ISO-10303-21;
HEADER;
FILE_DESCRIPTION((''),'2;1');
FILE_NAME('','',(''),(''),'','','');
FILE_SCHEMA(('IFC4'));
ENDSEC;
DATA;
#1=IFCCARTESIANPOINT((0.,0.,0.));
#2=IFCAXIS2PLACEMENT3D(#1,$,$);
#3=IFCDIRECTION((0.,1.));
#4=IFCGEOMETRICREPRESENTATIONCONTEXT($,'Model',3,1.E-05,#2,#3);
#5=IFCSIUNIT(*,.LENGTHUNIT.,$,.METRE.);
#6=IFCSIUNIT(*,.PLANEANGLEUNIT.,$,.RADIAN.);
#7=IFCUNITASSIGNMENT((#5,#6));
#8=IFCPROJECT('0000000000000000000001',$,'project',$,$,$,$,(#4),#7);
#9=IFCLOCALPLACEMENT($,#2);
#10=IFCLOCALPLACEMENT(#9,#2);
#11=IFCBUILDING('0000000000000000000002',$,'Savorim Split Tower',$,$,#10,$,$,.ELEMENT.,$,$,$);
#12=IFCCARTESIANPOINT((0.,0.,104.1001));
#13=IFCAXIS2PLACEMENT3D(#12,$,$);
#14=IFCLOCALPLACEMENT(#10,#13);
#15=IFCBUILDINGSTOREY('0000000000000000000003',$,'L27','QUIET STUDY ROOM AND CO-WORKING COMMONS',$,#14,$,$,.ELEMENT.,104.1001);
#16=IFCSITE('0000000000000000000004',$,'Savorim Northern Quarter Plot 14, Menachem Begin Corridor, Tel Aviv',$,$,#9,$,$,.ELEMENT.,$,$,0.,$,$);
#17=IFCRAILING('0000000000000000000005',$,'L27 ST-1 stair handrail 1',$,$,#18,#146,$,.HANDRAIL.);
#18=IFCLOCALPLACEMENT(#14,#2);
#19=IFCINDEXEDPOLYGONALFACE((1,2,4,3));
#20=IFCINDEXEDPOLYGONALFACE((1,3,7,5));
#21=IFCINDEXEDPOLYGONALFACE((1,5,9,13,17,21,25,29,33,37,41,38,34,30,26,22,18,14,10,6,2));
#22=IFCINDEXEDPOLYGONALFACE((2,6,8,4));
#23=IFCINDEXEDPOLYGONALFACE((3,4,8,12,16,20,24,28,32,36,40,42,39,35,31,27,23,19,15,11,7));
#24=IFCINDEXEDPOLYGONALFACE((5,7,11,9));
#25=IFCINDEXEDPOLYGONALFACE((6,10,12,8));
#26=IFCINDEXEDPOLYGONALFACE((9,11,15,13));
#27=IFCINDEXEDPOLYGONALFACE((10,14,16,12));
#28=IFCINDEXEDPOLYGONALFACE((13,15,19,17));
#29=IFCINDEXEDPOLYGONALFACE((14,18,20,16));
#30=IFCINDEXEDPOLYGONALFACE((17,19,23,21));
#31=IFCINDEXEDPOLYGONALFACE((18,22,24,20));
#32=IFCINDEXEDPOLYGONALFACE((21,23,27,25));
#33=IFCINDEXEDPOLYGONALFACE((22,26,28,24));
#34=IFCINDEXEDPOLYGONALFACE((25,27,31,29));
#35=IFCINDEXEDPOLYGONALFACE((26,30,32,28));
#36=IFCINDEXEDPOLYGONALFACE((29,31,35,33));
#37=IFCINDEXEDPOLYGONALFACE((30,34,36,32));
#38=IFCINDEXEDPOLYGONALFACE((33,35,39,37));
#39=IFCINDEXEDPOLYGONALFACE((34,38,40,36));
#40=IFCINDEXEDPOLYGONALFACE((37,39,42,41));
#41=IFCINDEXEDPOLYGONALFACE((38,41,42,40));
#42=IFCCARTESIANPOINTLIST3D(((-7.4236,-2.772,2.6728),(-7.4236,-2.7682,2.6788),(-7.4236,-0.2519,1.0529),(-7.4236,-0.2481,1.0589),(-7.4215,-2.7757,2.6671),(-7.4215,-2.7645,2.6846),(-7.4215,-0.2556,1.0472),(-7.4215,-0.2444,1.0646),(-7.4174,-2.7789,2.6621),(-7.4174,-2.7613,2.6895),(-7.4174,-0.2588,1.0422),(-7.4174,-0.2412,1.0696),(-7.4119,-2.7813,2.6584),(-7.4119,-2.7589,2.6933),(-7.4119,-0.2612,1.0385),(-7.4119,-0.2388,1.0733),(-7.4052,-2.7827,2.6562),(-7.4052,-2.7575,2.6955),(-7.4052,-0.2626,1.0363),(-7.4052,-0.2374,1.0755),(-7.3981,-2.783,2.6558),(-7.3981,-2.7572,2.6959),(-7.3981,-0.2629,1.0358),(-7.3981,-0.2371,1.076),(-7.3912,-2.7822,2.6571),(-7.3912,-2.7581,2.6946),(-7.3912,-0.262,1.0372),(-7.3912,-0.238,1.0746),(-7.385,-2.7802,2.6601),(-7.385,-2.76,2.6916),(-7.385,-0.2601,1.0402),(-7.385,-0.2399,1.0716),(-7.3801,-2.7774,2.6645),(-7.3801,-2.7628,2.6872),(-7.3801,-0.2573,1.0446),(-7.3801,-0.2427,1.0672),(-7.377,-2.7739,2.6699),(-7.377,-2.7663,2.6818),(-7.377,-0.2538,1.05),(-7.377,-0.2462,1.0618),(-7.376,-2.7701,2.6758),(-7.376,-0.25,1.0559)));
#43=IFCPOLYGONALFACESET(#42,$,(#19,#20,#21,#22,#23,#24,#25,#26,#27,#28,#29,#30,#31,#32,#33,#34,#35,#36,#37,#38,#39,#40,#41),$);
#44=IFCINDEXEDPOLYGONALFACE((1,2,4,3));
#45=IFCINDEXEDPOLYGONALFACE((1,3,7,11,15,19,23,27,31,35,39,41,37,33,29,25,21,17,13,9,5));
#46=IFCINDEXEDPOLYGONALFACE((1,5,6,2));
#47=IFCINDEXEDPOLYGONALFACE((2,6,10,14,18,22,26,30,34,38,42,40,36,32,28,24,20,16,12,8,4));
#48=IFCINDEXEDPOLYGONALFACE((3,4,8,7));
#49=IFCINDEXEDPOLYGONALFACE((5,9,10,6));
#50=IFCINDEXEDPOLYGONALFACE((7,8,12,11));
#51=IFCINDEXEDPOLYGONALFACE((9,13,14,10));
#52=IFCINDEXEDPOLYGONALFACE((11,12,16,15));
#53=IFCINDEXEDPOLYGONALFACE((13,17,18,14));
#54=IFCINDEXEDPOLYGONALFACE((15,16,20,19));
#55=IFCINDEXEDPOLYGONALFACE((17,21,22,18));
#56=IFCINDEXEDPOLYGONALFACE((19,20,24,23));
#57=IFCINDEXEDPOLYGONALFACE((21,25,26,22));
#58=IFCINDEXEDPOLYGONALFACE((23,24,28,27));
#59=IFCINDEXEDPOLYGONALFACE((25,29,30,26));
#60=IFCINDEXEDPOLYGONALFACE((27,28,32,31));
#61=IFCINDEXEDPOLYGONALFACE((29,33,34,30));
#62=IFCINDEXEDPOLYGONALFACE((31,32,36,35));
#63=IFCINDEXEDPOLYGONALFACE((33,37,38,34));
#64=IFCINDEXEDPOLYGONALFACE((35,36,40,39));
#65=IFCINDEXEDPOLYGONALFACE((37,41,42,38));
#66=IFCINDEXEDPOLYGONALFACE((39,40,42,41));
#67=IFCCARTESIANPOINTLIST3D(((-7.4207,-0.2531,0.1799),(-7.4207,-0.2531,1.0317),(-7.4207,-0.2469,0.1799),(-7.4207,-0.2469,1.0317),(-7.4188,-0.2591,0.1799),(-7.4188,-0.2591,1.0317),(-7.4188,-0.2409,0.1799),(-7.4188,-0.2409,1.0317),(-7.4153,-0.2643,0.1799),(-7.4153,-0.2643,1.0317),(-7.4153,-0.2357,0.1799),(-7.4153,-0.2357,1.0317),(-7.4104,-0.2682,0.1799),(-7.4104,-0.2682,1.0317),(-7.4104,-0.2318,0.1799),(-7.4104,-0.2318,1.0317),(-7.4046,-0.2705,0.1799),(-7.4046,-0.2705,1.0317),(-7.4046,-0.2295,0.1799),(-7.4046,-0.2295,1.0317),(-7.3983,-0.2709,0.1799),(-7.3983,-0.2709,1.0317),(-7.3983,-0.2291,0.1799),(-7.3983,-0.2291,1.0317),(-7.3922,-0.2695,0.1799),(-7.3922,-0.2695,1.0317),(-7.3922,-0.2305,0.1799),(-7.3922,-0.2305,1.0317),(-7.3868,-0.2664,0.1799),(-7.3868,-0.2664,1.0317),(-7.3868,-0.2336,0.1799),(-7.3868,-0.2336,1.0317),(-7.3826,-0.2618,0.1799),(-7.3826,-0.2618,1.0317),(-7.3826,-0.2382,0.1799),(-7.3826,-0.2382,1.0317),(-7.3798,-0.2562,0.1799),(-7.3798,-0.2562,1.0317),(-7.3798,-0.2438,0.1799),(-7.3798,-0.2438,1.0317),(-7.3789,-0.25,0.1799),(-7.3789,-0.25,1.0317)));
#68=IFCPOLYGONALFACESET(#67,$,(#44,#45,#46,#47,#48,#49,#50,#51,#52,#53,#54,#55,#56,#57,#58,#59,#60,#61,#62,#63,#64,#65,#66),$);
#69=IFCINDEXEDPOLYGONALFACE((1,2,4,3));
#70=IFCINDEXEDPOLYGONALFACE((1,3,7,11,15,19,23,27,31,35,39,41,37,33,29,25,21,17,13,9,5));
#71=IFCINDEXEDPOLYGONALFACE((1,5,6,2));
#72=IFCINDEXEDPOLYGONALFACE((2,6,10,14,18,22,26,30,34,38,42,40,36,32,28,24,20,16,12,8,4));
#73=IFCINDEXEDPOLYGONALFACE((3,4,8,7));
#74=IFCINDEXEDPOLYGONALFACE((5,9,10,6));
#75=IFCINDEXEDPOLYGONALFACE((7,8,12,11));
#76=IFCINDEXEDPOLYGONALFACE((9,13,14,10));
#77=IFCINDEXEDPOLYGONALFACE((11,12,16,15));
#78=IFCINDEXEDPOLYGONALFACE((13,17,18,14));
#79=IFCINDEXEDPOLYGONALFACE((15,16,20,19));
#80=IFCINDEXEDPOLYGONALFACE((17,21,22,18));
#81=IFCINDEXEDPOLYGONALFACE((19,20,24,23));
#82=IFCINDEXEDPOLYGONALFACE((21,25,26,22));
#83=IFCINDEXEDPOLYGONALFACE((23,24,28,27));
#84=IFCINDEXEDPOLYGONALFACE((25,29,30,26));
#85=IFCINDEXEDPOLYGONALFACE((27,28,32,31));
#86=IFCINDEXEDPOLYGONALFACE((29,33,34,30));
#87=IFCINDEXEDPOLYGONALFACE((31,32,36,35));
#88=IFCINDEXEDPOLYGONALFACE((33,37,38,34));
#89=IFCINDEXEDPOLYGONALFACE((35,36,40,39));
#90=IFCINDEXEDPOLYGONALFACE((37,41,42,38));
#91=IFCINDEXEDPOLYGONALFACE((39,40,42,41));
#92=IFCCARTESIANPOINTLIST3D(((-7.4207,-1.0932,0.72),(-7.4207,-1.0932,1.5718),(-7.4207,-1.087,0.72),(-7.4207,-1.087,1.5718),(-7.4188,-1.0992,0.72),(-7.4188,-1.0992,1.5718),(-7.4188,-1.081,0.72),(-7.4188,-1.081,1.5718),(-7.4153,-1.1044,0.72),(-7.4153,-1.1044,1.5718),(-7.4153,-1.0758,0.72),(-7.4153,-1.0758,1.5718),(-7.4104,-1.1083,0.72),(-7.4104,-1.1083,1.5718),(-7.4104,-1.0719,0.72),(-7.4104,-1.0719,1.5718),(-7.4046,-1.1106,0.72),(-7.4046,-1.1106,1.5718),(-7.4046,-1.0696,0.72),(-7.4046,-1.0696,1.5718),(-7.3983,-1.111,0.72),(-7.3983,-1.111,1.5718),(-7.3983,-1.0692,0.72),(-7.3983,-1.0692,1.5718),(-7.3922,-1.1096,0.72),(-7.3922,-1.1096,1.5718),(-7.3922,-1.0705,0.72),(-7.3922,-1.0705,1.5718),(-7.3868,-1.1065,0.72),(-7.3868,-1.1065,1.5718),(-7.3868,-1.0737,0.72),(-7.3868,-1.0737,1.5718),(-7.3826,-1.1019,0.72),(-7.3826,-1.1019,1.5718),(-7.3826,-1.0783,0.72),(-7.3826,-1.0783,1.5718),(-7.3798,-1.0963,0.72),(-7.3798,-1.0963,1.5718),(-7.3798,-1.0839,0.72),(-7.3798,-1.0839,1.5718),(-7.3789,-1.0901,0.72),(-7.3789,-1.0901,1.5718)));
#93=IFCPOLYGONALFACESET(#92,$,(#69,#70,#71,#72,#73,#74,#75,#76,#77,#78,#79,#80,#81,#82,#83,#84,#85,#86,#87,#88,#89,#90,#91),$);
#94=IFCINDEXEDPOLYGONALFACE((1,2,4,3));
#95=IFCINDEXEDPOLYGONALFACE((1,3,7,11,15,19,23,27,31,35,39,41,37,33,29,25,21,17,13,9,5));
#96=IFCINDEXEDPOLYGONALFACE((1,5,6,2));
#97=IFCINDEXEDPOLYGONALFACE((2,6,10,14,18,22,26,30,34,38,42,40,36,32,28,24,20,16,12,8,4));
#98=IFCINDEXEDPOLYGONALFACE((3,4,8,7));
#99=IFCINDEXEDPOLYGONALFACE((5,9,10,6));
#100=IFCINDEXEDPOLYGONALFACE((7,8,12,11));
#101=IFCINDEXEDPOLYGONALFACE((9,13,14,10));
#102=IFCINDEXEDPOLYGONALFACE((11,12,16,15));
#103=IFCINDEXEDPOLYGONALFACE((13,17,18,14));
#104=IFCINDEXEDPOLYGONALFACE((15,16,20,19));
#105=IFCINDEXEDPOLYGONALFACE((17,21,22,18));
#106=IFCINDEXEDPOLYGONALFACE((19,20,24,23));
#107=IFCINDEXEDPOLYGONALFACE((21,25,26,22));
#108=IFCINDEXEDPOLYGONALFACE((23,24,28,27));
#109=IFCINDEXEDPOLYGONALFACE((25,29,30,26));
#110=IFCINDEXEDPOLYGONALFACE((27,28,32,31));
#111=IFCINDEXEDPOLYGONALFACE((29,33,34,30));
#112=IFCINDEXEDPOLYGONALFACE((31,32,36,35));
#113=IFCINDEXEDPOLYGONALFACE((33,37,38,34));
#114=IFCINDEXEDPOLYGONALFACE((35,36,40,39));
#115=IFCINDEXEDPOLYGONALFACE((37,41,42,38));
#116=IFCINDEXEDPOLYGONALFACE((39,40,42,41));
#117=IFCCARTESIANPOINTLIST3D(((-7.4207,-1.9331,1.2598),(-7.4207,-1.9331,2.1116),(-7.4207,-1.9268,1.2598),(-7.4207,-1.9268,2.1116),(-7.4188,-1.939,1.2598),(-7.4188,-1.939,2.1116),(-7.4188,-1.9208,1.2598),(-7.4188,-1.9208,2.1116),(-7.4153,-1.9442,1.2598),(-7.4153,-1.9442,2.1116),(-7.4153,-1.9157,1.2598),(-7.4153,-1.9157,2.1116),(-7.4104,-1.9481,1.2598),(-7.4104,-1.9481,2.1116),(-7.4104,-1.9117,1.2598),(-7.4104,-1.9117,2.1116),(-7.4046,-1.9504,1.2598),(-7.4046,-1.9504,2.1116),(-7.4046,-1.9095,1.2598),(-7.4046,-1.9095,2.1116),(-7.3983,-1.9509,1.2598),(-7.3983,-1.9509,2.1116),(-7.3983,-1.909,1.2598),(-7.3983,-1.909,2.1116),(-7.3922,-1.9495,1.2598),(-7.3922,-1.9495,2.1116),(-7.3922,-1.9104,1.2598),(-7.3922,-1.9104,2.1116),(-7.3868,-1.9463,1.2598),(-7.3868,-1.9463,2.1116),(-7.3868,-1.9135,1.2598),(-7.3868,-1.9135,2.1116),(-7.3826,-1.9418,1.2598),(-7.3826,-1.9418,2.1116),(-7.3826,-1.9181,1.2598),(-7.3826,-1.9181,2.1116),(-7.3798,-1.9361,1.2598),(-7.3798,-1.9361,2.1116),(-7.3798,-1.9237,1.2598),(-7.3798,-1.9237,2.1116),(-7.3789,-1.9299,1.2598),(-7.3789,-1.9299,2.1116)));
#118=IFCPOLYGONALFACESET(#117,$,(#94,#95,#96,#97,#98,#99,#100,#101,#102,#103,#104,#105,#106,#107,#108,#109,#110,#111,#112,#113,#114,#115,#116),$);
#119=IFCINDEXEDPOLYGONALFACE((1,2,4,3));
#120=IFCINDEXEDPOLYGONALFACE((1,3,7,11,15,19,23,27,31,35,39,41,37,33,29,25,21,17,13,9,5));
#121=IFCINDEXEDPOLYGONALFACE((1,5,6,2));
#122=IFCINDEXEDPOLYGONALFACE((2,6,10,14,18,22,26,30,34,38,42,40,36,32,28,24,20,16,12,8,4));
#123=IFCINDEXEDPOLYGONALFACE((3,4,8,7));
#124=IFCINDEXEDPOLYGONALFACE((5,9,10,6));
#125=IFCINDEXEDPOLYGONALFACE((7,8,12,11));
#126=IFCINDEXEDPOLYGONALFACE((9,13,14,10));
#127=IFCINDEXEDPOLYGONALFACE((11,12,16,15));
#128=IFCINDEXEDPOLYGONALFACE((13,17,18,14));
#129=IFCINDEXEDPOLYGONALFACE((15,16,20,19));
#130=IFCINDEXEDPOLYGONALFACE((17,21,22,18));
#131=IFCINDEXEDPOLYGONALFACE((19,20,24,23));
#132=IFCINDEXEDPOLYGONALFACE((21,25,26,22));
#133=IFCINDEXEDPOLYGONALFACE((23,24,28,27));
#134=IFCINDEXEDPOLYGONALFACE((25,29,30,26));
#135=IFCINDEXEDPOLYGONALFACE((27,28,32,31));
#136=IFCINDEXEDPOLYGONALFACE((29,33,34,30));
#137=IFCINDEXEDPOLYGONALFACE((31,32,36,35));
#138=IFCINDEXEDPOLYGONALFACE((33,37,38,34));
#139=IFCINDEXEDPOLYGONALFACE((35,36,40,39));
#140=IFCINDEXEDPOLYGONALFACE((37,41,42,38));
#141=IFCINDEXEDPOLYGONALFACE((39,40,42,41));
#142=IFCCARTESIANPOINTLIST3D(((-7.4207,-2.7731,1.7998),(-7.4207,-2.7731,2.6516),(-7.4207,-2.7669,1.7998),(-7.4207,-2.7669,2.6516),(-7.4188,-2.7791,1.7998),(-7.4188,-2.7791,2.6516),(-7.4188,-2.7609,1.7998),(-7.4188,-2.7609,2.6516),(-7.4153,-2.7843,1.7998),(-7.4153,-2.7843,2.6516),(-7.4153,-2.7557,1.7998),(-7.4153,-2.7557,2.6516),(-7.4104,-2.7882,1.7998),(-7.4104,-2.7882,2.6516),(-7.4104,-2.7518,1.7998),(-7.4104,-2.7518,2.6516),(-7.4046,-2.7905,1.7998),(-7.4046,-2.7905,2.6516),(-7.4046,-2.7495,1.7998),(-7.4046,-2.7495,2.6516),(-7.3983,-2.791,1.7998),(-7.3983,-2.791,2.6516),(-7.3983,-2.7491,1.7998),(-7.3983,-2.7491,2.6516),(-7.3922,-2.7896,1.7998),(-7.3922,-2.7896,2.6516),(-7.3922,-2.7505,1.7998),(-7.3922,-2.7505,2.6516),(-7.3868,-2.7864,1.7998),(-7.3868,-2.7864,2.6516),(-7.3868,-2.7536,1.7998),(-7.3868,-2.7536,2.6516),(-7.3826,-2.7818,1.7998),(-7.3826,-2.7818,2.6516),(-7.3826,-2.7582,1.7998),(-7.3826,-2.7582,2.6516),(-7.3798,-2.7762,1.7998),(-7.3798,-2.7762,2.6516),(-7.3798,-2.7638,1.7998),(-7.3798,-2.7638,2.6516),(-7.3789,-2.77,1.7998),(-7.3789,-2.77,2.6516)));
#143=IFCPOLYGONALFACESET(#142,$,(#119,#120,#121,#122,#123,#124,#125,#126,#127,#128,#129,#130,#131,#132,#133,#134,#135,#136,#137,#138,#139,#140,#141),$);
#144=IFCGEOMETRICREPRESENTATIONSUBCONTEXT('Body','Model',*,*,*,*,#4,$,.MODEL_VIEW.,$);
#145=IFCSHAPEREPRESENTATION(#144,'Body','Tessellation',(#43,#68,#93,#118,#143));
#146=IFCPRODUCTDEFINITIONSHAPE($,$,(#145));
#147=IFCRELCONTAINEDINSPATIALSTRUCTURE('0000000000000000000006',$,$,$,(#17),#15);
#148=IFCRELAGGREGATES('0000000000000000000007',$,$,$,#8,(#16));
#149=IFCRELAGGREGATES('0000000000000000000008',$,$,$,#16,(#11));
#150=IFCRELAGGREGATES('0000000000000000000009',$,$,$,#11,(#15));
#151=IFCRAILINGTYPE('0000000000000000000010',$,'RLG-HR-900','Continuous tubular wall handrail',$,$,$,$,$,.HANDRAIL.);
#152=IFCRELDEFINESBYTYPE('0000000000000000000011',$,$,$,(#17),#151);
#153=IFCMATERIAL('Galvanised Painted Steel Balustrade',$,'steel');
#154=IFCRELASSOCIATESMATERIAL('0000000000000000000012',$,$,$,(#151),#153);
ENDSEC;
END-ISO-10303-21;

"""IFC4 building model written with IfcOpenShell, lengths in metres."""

from ifc_helpers import new_model, si_unit, direction, frame, origin, origin_2d, place, context, subcontext, project, spatial, circle, extrude, material, type_object, element, save


model = new_model("IFC4")

# Units and contexts
model_context = context("Model", 3, precision=1e-05, world=origin(), true_north=direction((0.0, 1.0)))
body_context = subcontext(model_context, "Body", "Model", "MODEL_VIEW")
ifc_project = project(units=[si_unit("LENGTHUNIT", "METRE"), si_unit("PLANEANGLEUNIT", "RADIAN")], contexts=[model_context])

# Site, building, storey
site_placement = place(None, origin())
site = spatial("IfcSite", under=ifc_project, at=site_placement, Name="Savorim Northern Quarter Plot 14, Menachem Begin Corridor, Tel Aviv", CompositionType="ELEMENT", RefElevation=0.0)
building_placement = place(site_placement, origin())
building = spatial("IfcBuilding", under=site, at=building_placement, Name="Savorim Split Tower", CompositionType="ELEMENT")
storey_placement = place(building_placement, frame((0.0, 0.0, 104.1001)))
storey = spatial("IfcBuildingStorey", under=building, at=storey_placement, Name="L27", Description="QUIET STUDY ROOM AND CO-WORKING COMMONS", CompositionType="ELEMENT", Elevation=104.1001)

# Railing
ifc_material_1 = material(Name="Galvanised Painted Steel Balustrade", Category="steel")
railing_type_1 = type_object("IfcRailingType", Name="RLG-HR-900", Description="Continuous tubular wall handrail", PredefinedType="HANDRAIL", material=ifc_material_1)
railing_1_placement = place(storey_placement, frame((-7.3999, -0.25, 0.1799)))
element("IfcRailing", 1, at=railing_1_placement, inside=storey, type_object=railing_type_1, Name="L27 ST-1 stair handrail 1", PredefinedType="HANDRAIL", context=body_context, shape_type="SweptSolid", body=[
    extrude(circle(Radius=0.0239, at=origin_2d()), frame((0.0, 0.0, 0.876), z_axis=(0.0, -0.8412, 0.540725), x_axis=(1.0, 0.0, 0.0)), (0.0, 0.0, 1.0), 2.9958),
    extrude(circle(Radius=0.021, at=origin_2d()), origin(), (0.0, 0.0, 1.0), 0.8518),
    extrude(circle(Radius=0.021, at=origin_2d()), frame((0.0, -0.8401, 0.54)), (0.0, 0.0, 1.0), 0.8518),
    extrude(circle(Radius=0.021, at=origin_2d()), frame((0.0, -1.6799, 1.0798)), (0.0, 0.0, 1.0), 0.8518),
    extrude(circle(Radius=0.021, at=origin_2d()), frame((0.0, -2.52, 1.6199)), (0.0, 0.0, 1.0), 0.8518),
])

save(model, "model.ifc")
